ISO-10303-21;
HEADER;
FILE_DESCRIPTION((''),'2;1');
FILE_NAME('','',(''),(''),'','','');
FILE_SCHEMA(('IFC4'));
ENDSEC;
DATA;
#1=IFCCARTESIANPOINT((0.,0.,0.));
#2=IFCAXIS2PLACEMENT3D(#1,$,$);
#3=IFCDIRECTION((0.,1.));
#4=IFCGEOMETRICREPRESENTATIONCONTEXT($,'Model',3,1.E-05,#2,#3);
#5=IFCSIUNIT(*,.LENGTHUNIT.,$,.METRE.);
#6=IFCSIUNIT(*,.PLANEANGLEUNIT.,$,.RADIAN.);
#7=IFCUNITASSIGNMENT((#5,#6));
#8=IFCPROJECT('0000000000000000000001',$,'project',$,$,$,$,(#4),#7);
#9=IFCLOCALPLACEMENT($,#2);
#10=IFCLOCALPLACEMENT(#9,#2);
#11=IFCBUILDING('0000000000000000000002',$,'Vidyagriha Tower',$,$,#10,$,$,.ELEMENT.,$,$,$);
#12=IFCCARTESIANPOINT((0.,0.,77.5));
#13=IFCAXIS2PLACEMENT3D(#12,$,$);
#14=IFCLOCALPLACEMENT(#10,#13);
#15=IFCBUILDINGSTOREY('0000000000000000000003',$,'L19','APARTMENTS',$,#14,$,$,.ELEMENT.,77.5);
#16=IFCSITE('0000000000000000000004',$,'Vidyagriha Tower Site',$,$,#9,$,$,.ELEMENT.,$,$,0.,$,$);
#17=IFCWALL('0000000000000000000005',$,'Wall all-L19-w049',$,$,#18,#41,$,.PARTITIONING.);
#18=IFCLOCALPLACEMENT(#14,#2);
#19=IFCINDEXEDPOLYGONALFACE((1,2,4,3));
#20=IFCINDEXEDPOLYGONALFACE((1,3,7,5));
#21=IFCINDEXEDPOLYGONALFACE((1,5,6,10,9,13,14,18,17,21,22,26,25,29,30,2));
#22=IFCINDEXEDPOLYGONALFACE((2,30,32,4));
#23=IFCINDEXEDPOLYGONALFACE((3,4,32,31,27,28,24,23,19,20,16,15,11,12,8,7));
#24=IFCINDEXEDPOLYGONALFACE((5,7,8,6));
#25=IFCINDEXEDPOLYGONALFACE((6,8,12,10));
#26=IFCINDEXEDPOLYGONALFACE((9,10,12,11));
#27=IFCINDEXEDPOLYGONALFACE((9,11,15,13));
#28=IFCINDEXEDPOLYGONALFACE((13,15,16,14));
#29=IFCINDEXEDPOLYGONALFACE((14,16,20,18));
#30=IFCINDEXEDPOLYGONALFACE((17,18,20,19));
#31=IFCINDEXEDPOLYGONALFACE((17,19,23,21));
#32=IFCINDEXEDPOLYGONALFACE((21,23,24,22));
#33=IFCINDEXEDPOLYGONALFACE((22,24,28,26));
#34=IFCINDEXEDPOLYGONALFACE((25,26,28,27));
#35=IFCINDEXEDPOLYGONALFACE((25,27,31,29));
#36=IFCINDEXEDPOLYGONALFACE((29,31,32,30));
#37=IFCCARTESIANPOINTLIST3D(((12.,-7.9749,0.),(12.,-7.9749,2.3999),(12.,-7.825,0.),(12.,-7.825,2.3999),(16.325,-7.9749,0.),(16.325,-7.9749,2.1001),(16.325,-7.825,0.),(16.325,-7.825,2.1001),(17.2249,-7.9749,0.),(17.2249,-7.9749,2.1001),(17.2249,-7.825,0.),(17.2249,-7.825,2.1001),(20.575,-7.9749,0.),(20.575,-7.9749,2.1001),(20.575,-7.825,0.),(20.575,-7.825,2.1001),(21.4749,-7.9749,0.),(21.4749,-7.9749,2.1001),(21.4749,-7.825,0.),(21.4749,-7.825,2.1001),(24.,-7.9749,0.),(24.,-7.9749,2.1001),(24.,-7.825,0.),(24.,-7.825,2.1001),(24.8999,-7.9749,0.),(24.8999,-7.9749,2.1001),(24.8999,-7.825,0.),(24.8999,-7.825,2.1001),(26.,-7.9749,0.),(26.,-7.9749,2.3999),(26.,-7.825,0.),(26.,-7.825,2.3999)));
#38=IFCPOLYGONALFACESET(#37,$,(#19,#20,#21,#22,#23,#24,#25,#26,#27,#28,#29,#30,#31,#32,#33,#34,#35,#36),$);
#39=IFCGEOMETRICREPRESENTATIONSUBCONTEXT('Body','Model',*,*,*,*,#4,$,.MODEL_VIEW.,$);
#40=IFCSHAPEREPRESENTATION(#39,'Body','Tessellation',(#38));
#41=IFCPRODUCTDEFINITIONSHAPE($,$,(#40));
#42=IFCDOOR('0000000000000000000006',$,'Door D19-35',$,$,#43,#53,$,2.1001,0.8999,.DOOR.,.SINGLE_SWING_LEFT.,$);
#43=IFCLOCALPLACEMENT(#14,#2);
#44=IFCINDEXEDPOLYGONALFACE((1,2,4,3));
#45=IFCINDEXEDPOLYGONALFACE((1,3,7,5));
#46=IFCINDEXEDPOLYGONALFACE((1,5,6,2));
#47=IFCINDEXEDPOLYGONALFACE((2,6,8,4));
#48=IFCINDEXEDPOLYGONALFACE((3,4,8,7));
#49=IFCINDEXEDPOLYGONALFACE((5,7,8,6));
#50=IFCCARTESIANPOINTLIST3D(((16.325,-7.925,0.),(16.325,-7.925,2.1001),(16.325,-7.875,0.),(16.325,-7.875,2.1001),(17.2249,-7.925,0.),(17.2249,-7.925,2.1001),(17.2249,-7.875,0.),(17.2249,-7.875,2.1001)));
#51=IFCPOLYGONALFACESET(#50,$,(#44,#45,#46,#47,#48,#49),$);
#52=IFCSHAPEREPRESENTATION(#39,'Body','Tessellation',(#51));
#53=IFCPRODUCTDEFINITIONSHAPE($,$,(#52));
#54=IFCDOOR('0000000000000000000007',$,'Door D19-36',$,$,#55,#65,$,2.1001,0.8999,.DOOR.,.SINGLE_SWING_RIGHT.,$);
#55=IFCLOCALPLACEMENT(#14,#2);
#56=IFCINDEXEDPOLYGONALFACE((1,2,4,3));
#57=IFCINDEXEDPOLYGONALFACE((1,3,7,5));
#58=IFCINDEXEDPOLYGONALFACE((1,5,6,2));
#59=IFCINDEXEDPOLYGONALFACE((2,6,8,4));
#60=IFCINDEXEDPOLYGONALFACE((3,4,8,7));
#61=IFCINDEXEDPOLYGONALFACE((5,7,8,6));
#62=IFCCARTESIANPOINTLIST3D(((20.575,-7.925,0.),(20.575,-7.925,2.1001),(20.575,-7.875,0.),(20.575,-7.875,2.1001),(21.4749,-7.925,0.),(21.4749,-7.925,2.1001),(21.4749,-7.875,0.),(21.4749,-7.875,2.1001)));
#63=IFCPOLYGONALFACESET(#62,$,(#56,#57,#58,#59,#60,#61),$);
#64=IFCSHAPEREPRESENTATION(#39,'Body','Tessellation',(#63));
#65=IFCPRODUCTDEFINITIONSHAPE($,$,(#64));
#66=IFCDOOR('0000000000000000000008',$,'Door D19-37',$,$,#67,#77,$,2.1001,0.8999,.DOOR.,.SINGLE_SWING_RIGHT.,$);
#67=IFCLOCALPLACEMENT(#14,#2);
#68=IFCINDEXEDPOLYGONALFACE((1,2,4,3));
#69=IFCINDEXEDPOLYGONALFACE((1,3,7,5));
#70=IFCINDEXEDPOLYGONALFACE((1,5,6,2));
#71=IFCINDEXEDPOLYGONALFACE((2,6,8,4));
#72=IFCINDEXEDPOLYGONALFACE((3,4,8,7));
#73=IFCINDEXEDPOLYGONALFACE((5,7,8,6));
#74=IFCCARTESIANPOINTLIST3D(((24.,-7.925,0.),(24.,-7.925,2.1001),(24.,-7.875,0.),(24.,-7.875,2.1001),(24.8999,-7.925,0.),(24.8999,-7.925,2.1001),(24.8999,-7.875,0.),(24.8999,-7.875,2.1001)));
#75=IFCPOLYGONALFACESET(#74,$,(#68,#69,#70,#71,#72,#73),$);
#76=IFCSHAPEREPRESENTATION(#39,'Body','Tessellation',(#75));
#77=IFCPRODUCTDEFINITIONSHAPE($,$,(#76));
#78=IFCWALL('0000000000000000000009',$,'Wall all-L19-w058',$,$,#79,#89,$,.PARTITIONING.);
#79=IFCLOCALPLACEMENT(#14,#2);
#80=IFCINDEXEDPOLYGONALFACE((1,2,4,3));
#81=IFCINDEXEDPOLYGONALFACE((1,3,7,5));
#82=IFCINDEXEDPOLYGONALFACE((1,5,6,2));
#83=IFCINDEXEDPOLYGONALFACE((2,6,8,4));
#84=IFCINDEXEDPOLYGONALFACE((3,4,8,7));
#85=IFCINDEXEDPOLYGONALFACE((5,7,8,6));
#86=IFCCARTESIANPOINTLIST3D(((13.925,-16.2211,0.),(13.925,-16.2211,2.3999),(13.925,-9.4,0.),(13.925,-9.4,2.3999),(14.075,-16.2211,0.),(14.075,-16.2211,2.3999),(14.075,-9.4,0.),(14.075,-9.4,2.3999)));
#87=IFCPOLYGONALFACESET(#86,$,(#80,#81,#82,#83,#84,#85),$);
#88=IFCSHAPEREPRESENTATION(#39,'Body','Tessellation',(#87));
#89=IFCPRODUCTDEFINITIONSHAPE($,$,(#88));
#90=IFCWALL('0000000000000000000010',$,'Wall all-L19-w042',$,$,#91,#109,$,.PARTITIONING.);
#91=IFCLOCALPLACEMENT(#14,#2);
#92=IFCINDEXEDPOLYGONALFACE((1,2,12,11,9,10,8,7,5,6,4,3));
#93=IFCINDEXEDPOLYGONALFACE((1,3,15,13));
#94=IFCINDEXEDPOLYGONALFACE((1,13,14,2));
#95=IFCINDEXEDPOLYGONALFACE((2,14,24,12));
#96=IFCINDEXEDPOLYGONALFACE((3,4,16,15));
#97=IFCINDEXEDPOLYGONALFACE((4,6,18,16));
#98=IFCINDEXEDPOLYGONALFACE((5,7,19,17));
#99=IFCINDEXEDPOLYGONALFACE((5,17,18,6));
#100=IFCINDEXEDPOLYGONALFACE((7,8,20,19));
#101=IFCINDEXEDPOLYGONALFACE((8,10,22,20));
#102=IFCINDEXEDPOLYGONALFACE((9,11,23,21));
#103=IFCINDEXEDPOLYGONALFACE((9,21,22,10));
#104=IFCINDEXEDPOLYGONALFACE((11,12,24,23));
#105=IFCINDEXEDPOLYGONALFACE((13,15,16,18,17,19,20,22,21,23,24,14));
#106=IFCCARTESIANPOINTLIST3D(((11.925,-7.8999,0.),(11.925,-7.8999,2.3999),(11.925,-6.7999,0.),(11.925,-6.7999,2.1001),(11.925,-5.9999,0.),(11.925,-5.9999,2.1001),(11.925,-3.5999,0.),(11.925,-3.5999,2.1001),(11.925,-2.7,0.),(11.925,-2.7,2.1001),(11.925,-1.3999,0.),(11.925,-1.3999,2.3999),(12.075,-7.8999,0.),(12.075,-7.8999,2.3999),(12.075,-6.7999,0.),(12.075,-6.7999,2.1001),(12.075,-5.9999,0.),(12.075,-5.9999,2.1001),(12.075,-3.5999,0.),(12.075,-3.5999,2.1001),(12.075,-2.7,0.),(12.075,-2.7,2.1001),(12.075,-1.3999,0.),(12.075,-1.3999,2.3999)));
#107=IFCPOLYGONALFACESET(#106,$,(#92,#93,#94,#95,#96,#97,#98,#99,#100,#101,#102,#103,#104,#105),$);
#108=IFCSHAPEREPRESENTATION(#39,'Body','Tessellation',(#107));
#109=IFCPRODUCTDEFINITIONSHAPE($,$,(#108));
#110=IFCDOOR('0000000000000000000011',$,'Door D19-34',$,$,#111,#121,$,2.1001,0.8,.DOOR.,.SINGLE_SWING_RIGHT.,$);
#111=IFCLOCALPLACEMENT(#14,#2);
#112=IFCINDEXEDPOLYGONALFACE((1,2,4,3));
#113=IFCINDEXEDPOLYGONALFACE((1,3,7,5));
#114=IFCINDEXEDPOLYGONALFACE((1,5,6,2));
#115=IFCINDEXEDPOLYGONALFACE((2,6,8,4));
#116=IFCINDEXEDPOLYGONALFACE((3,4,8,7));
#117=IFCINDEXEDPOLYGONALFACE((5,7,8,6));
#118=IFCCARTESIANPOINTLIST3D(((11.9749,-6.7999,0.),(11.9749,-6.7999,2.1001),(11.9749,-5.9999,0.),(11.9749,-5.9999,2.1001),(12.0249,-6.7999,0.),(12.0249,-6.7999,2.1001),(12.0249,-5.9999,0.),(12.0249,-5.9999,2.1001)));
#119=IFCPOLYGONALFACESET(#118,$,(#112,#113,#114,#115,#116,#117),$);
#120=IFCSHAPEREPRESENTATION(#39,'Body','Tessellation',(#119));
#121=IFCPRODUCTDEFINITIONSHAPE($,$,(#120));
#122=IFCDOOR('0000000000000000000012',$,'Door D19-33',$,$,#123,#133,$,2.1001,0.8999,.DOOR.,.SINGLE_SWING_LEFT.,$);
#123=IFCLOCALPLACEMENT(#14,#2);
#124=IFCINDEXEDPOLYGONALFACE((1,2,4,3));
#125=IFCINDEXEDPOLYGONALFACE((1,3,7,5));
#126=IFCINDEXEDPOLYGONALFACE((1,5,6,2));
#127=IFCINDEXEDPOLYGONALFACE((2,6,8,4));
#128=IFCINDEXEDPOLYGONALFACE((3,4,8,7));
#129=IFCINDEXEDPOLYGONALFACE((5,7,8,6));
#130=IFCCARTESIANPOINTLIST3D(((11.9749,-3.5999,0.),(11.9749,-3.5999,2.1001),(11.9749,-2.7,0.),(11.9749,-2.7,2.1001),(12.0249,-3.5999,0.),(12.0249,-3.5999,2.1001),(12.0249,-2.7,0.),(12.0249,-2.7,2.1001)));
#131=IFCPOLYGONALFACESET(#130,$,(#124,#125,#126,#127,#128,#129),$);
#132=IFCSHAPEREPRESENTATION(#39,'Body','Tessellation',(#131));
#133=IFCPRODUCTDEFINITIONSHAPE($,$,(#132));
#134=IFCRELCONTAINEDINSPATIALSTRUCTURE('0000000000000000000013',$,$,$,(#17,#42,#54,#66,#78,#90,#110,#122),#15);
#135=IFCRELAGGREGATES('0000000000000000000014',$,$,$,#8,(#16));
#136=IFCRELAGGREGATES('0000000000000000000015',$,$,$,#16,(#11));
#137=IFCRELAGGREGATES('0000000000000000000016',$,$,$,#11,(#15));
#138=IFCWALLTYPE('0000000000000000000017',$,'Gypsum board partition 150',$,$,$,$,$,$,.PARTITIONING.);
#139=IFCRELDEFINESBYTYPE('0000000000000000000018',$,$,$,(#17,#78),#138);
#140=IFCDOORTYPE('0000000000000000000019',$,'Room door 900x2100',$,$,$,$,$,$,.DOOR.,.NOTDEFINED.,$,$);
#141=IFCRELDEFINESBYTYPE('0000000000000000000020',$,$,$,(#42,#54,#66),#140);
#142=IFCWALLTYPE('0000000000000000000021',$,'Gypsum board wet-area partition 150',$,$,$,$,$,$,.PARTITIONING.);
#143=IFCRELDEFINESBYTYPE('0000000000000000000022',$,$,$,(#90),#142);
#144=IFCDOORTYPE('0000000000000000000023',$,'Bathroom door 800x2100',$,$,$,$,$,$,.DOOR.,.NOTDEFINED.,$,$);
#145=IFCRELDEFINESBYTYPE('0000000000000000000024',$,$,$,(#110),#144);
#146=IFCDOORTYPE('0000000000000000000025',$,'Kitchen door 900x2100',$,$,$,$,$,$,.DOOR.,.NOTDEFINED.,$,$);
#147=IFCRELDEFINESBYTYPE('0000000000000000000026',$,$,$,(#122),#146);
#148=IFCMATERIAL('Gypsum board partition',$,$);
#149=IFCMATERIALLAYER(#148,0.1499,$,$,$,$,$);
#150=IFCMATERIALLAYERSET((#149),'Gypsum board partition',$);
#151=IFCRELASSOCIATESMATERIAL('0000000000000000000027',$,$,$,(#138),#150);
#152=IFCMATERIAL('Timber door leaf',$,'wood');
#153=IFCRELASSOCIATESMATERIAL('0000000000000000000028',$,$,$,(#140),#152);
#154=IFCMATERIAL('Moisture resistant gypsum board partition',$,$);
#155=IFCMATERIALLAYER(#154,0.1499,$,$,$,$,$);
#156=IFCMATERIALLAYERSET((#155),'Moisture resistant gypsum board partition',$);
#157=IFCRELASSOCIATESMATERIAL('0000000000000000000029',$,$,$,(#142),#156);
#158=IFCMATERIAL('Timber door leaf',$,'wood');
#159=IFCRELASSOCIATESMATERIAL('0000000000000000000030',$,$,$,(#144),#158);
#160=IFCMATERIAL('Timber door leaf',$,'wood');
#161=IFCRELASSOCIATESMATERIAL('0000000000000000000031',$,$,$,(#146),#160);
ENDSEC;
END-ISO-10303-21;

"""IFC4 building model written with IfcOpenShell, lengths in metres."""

from ifc_helpers import new_model, si_unit, direction, frame, frame_2d, origin, place, context, subcontext, project, spatial, rectangle, extrude, material, layer, layer_set, type_object, element, fill, save


model = new_model("IFC4")

# Units and contexts
model_context = context("Model", 3, precision=1e-05, world=origin(), true_north=direction((0.0, 1.0)))
body_context = subcontext(model_context, "Body", "Model", "MODEL_VIEW")
ifc_project = project(units=[si_unit("LENGTHUNIT", "METRE"), si_unit("PLANEANGLEUNIT", "RADIAN")], contexts=[model_context])

# Site, building, storey
site_placement = place(None, origin())
site = spatial("IfcSite", under=ifc_project, at=site_placement, Name="Vidyagriha Tower Site", CompositionType="ELEMENT", RefElevation=0.0)
building_placement = place(site_placement, origin())
building = spatial("IfcBuilding", under=site, at=building_placement, Name="Vidyagriha Tower", CompositionType="ELEMENT")
storey_placement = place(building_placement, frame((0.0, 0.0, 77.5)))
storey = spatial("IfcBuildingStorey", under=building, at=storey_placement, Name="L19", Description="APARTMENTS", CompositionType="ELEMENT", Elevation=77.5)

# Shared definitions
ifc_material_1 = material(Name="Gypsum board partition")
ifc_layer_1 = layer(ifc_material_1, 0.1499)
ifc_layer_set_1 = layer_set([ifc_layer_1], Name="Gypsum board partition")
wall_type_1 = type_object("IfcWallType", Name="Gypsum board partition 150", PredefinedType="PARTITIONING", material=ifc_layer_set_1)

# Shared definitions
ifc_material_2 = material(Name="Timber door leaf", Category="wood")
door_type_1 = type_object("IfcDoorType", Name="Room door 900x2100", OperationType="NOTDEFINED", PredefinedType="DOOR", material=ifc_material_2)

# Wall, openings, doors
wall_1_placement = place(storey_placement, frame((12.0, -7.8999, 0.0)))
wall_1 = element("IfcWall", 1, at=wall_1_placement, inside=storey, type_object=wall_type_1, Name="Wall all-L19-w049", PredefinedType="PARTITIONING", context=body_context, shape_type="SweptSolid", body=[
    extrude(rectangle(XDim=14.0, YDim=0.1499, at=frame_2d((7.0, 0.0))), origin(), (0.0, 0.0, 1.0), 2.3999),
])
opening_1_placement = place(wall_1_placement, frame((4.325, 0.0, 0.0)))
opening_1 = element("IfcOpeningElement", 2, at=opening_1_placement, cuts=wall_1, PredefinedType="OPENING", context=body_context, shape_type="SweptSolid", body=[
    extrude(rectangle(XDim=0.8999, YDim=2.1001, at=frame_2d((0.45, 1.05))), frame((0.0, 0.085, 0.0), z_axis=(0.0, -1.0, 0.0), x_axis=(1.0, 0.0, 0.0)), (0.0, 0.0, 1.0), 0.1699),
])
opening_2_placement = place(wall_1_placement, frame((8.575, 0.0, 0.0)))
opening_2 = element("IfcOpeningElement", 3, at=opening_2_placement, cuts=wall_1, PredefinedType="OPENING", context=body_context, shape_type="SweptSolid", body=[
    extrude(rectangle(XDim=0.8999, YDim=2.1001, at=frame_2d((0.45, 1.05))), frame((0.0, 0.085, 0.0), z_axis=(0.0, -1.0, 0.0), x_axis=(1.0, 0.0, 0.0)), (0.0, 0.0, 1.0), 0.1699),
])
opening_3_placement = place(wall_1_placement, frame((12.0, 0.0, 0.0)))
opening_3 = element("IfcOpeningElement", 4, at=opening_3_placement, cuts=wall_1, PredefinedType="OPENING", context=body_context, shape_type="SweptSolid", body=[
    extrude(rectangle(XDim=0.8999, YDim=2.1001, at=frame_2d((0.45, 1.05))), frame((0.0, 0.085, 0.0), z_axis=(0.0, -1.0, 0.0), x_axis=(1.0, 0.0, 0.0)), (0.0, 0.0, 1.0), 0.1699),
])
door_1_placement = place(opening_1_placement, origin())
door_1 = element("IfcDoor", 5, at=door_1_placement, inside=storey, type_object=door_type_1, Name="Door D19-35", OperationType="SINGLE_SWING_LEFT", OverallHeight=2.1001, OverallWidth=0.8999, PredefinedType="DOOR", context=body_context, shape_type="SweptSolid", body=[
    extrude(rectangle(XDim=0.8999, YDim=2.1001, at=frame_2d((0.45, 1.05))), frame((0.0, 0.0249, 0.0), z_axis=(0.0, -1.0, 0.0), x_axis=(1.0, 0.0, 0.0)), (0.0, 0.0, 1.0), 0.05),
])
fill(opening_1, door_1)
door_2_placement = place(opening_2_placement, origin())
door_2 = element("IfcDoor", 6, at=door_2_placement, inside=storey, type_object=door_type_1, Name="Door D19-36", OperationType="SINGLE_SWING_RIGHT", OverallHeight=2.1001, OverallWidth=0.8999, PredefinedType="DOOR", context=body_context, shape_type="SweptSolid", body=[
    extrude(rectangle(XDim=0.8999, YDim=2.1001, at=frame_2d((0.45, 1.05))), frame((0.0, 0.0249, 0.0), z_axis=(0.0, -1.0, 0.0), x_axis=(1.0, 0.0, 0.0)), (0.0, 0.0, 1.0), 0.05),
])
fill(opening_2, door_2)
door_3_placement = place(opening_3_placement, origin())
door_3 = element("IfcDoor", 7, at=door_3_placement, inside=storey, type_object=door_type_1, Name="Door D19-37", OperationType="SINGLE_SWING_RIGHT", OverallHeight=2.1001, OverallWidth=0.8999, PredefinedType="DOOR", context=body_context, shape_type="SweptSolid", body=[
    extrude(rectangle(XDim=0.8999, YDim=2.1001, at=frame_2d((0.45, 1.05))), frame((0.0, 0.0249, 0.0), z_axis=(0.0, -1.0, 0.0), x_axis=(1.0, 0.0, 0.0)), (0.0, 0.0, 1.0), 0.05),
])
fill(opening_3, door_3)

# Wall
wall_2_placement = place(storey_placement, frame((14.0, -9.3999, 0.0), z_axis=(0.0, 0.0, 1.0), x_axis=(0.0, -1.0, 0.0)))
element("IfcWall", 8, at=wall_2_placement, inside=storey, type_object=wall_type_1, Name="Wall all-L19-w058", PredefinedType="PARTITIONING", context=body_context, shape_type="SweptSolid", body=[
    extrude(rectangle(XDim=6.821, YDim=0.1499, at=frame_2d((3.4106, 0.0))), origin(), (0.0, 0.0, 1.0), 2.3999),
])

# Wall, openings, doors
ifc_material_3 = material(Name="Moisture resistant gypsum board partition")
ifc_layer_2 = layer(ifc_material_3, 0.1499)
ifc_layer_set_2 = layer_set([ifc_layer_2], Name="Moisture resistant gypsum board partition")
wall_type_2 = type_object("IfcWallType", Name="Gypsum board wet-area partition 150", PredefinedType="PARTITIONING", material=ifc_layer_set_2)
wall_3_placement = place(storey_placement, frame((12.0, -1.3999, 0.0), z_axis=(0.0, 0.0, 1.0), x_axis=(0.0, -1.0, 0.0)))
wall_3 = element("IfcWall", 9, at=wall_3_placement, inside=storey, type_object=wall_type_2, Name="Wall all-L19-w042", PredefinedType="PARTITIONING", context=body_context, shape_type="SweptSolid", body=[
    extrude(rectangle(XDim=6.5, YDim=0.1499, at=frame_2d((3.25, 0.0))), origin(), (0.0, 0.0, 1.0), 2.3999),
])
opening_4_placement = place(wall_3_placement, frame((1.3, 0.0, 0.0)))
opening_4 = element("IfcOpeningElement", 10, at=opening_4_placement, cuts=wall_3, PredefinedType="OPENING", context=body_context, shape_type="SweptSolid", body=[
    extrude(rectangle(XDim=0.8999, YDim=2.1001, at=frame_2d((0.45, 1.05))), frame((0.0, 0.085, 0.0), z_axis=(0.0, -1.0, 0.0), x_axis=(1.0, 0.0, 0.0)), (0.0, 0.0, 1.0), 0.1699),
])
opening_5_placement = place(wall_3_placement, frame((4.6001, 0.0, 0.0)))
opening_5 = element("IfcOpeningElement", 11, at=opening_5_placement, cuts=wall_3, PredefinedType="OPENING", context=body_context, shape_type="SweptSolid", body=[
    extrude(rectangle(XDim=0.8, YDim=2.1001, at=frame_2d((0.3999, 1.05))), frame((0.0, 0.085, 0.0), z_axis=(0.0, -1.0, 0.0), x_axis=(1.0, 0.0, 0.0)), (0.0, 0.0, 1.0), 0.1699),
])
ifc_material_4 = material(Name="Timber door leaf", Category="wood")
door_type_2 = type_object("IfcDoorType", Name="Bathroom door 800x2100", OperationType="NOTDEFINED", PredefinedType="DOOR", material=ifc_material_4)
door_4_placement = place(opening_5_placement, origin())
door_4 = element("IfcDoor", 12, at=door_4_placement, inside=storey, type_object=door_type_2, Name="Door D19-34", OperationType="SINGLE_SWING_RIGHT", OverallHeight=2.1001, OverallWidth=0.8, PredefinedType="DOOR", context=body_context, shape_type="SweptSolid", body=[
    extrude(rectangle(XDim=0.8, YDim=2.1001, at=frame_2d((0.3999, 1.05))), frame((0.0, 0.0249, 0.0), z_axis=(0.0, -1.0, 0.0), x_axis=(1.0, 0.0, 0.0)), (0.0, 0.0, 1.0), 0.05),
])
fill(opening_5, door_4)
ifc_material_5 = material(Name="Timber door leaf", Category="wood")
door_type_3 = type_object("IfcDoorType", Name="Kitchen door 900x2100", OperationType="NOTDEFINED", PredefinedType="DOOR", material=ifc_material_5)
door_5_placement = place(opening_4_placement, origin())
door_5 = element("IfcDoor", 13, at=door_5_placement, inside=storey, type_object=door_type_3, Name="Door D19-33", OperationType="SINGLE_SWING_LEFT", OverallHeight=2.1001, OverallWidth=0.8999, PredefinedType="DOOR", context=body_context, shape_type="SweptSolid", body=[
    extrude(rectangle(XDim=0.8999, YDim=2.1001, at=frame_2d((0.45, 1.05))), frame((0.0, 0.0249, 0.0), z_axis=(0.0, -1.0, 0.0), x_axis=(1.0, 0.0, 0.0)), (0.0, 0.0, 1.0), 0.05),
])
fill(opening_4, door_5)

save(model, "model.ifc")
